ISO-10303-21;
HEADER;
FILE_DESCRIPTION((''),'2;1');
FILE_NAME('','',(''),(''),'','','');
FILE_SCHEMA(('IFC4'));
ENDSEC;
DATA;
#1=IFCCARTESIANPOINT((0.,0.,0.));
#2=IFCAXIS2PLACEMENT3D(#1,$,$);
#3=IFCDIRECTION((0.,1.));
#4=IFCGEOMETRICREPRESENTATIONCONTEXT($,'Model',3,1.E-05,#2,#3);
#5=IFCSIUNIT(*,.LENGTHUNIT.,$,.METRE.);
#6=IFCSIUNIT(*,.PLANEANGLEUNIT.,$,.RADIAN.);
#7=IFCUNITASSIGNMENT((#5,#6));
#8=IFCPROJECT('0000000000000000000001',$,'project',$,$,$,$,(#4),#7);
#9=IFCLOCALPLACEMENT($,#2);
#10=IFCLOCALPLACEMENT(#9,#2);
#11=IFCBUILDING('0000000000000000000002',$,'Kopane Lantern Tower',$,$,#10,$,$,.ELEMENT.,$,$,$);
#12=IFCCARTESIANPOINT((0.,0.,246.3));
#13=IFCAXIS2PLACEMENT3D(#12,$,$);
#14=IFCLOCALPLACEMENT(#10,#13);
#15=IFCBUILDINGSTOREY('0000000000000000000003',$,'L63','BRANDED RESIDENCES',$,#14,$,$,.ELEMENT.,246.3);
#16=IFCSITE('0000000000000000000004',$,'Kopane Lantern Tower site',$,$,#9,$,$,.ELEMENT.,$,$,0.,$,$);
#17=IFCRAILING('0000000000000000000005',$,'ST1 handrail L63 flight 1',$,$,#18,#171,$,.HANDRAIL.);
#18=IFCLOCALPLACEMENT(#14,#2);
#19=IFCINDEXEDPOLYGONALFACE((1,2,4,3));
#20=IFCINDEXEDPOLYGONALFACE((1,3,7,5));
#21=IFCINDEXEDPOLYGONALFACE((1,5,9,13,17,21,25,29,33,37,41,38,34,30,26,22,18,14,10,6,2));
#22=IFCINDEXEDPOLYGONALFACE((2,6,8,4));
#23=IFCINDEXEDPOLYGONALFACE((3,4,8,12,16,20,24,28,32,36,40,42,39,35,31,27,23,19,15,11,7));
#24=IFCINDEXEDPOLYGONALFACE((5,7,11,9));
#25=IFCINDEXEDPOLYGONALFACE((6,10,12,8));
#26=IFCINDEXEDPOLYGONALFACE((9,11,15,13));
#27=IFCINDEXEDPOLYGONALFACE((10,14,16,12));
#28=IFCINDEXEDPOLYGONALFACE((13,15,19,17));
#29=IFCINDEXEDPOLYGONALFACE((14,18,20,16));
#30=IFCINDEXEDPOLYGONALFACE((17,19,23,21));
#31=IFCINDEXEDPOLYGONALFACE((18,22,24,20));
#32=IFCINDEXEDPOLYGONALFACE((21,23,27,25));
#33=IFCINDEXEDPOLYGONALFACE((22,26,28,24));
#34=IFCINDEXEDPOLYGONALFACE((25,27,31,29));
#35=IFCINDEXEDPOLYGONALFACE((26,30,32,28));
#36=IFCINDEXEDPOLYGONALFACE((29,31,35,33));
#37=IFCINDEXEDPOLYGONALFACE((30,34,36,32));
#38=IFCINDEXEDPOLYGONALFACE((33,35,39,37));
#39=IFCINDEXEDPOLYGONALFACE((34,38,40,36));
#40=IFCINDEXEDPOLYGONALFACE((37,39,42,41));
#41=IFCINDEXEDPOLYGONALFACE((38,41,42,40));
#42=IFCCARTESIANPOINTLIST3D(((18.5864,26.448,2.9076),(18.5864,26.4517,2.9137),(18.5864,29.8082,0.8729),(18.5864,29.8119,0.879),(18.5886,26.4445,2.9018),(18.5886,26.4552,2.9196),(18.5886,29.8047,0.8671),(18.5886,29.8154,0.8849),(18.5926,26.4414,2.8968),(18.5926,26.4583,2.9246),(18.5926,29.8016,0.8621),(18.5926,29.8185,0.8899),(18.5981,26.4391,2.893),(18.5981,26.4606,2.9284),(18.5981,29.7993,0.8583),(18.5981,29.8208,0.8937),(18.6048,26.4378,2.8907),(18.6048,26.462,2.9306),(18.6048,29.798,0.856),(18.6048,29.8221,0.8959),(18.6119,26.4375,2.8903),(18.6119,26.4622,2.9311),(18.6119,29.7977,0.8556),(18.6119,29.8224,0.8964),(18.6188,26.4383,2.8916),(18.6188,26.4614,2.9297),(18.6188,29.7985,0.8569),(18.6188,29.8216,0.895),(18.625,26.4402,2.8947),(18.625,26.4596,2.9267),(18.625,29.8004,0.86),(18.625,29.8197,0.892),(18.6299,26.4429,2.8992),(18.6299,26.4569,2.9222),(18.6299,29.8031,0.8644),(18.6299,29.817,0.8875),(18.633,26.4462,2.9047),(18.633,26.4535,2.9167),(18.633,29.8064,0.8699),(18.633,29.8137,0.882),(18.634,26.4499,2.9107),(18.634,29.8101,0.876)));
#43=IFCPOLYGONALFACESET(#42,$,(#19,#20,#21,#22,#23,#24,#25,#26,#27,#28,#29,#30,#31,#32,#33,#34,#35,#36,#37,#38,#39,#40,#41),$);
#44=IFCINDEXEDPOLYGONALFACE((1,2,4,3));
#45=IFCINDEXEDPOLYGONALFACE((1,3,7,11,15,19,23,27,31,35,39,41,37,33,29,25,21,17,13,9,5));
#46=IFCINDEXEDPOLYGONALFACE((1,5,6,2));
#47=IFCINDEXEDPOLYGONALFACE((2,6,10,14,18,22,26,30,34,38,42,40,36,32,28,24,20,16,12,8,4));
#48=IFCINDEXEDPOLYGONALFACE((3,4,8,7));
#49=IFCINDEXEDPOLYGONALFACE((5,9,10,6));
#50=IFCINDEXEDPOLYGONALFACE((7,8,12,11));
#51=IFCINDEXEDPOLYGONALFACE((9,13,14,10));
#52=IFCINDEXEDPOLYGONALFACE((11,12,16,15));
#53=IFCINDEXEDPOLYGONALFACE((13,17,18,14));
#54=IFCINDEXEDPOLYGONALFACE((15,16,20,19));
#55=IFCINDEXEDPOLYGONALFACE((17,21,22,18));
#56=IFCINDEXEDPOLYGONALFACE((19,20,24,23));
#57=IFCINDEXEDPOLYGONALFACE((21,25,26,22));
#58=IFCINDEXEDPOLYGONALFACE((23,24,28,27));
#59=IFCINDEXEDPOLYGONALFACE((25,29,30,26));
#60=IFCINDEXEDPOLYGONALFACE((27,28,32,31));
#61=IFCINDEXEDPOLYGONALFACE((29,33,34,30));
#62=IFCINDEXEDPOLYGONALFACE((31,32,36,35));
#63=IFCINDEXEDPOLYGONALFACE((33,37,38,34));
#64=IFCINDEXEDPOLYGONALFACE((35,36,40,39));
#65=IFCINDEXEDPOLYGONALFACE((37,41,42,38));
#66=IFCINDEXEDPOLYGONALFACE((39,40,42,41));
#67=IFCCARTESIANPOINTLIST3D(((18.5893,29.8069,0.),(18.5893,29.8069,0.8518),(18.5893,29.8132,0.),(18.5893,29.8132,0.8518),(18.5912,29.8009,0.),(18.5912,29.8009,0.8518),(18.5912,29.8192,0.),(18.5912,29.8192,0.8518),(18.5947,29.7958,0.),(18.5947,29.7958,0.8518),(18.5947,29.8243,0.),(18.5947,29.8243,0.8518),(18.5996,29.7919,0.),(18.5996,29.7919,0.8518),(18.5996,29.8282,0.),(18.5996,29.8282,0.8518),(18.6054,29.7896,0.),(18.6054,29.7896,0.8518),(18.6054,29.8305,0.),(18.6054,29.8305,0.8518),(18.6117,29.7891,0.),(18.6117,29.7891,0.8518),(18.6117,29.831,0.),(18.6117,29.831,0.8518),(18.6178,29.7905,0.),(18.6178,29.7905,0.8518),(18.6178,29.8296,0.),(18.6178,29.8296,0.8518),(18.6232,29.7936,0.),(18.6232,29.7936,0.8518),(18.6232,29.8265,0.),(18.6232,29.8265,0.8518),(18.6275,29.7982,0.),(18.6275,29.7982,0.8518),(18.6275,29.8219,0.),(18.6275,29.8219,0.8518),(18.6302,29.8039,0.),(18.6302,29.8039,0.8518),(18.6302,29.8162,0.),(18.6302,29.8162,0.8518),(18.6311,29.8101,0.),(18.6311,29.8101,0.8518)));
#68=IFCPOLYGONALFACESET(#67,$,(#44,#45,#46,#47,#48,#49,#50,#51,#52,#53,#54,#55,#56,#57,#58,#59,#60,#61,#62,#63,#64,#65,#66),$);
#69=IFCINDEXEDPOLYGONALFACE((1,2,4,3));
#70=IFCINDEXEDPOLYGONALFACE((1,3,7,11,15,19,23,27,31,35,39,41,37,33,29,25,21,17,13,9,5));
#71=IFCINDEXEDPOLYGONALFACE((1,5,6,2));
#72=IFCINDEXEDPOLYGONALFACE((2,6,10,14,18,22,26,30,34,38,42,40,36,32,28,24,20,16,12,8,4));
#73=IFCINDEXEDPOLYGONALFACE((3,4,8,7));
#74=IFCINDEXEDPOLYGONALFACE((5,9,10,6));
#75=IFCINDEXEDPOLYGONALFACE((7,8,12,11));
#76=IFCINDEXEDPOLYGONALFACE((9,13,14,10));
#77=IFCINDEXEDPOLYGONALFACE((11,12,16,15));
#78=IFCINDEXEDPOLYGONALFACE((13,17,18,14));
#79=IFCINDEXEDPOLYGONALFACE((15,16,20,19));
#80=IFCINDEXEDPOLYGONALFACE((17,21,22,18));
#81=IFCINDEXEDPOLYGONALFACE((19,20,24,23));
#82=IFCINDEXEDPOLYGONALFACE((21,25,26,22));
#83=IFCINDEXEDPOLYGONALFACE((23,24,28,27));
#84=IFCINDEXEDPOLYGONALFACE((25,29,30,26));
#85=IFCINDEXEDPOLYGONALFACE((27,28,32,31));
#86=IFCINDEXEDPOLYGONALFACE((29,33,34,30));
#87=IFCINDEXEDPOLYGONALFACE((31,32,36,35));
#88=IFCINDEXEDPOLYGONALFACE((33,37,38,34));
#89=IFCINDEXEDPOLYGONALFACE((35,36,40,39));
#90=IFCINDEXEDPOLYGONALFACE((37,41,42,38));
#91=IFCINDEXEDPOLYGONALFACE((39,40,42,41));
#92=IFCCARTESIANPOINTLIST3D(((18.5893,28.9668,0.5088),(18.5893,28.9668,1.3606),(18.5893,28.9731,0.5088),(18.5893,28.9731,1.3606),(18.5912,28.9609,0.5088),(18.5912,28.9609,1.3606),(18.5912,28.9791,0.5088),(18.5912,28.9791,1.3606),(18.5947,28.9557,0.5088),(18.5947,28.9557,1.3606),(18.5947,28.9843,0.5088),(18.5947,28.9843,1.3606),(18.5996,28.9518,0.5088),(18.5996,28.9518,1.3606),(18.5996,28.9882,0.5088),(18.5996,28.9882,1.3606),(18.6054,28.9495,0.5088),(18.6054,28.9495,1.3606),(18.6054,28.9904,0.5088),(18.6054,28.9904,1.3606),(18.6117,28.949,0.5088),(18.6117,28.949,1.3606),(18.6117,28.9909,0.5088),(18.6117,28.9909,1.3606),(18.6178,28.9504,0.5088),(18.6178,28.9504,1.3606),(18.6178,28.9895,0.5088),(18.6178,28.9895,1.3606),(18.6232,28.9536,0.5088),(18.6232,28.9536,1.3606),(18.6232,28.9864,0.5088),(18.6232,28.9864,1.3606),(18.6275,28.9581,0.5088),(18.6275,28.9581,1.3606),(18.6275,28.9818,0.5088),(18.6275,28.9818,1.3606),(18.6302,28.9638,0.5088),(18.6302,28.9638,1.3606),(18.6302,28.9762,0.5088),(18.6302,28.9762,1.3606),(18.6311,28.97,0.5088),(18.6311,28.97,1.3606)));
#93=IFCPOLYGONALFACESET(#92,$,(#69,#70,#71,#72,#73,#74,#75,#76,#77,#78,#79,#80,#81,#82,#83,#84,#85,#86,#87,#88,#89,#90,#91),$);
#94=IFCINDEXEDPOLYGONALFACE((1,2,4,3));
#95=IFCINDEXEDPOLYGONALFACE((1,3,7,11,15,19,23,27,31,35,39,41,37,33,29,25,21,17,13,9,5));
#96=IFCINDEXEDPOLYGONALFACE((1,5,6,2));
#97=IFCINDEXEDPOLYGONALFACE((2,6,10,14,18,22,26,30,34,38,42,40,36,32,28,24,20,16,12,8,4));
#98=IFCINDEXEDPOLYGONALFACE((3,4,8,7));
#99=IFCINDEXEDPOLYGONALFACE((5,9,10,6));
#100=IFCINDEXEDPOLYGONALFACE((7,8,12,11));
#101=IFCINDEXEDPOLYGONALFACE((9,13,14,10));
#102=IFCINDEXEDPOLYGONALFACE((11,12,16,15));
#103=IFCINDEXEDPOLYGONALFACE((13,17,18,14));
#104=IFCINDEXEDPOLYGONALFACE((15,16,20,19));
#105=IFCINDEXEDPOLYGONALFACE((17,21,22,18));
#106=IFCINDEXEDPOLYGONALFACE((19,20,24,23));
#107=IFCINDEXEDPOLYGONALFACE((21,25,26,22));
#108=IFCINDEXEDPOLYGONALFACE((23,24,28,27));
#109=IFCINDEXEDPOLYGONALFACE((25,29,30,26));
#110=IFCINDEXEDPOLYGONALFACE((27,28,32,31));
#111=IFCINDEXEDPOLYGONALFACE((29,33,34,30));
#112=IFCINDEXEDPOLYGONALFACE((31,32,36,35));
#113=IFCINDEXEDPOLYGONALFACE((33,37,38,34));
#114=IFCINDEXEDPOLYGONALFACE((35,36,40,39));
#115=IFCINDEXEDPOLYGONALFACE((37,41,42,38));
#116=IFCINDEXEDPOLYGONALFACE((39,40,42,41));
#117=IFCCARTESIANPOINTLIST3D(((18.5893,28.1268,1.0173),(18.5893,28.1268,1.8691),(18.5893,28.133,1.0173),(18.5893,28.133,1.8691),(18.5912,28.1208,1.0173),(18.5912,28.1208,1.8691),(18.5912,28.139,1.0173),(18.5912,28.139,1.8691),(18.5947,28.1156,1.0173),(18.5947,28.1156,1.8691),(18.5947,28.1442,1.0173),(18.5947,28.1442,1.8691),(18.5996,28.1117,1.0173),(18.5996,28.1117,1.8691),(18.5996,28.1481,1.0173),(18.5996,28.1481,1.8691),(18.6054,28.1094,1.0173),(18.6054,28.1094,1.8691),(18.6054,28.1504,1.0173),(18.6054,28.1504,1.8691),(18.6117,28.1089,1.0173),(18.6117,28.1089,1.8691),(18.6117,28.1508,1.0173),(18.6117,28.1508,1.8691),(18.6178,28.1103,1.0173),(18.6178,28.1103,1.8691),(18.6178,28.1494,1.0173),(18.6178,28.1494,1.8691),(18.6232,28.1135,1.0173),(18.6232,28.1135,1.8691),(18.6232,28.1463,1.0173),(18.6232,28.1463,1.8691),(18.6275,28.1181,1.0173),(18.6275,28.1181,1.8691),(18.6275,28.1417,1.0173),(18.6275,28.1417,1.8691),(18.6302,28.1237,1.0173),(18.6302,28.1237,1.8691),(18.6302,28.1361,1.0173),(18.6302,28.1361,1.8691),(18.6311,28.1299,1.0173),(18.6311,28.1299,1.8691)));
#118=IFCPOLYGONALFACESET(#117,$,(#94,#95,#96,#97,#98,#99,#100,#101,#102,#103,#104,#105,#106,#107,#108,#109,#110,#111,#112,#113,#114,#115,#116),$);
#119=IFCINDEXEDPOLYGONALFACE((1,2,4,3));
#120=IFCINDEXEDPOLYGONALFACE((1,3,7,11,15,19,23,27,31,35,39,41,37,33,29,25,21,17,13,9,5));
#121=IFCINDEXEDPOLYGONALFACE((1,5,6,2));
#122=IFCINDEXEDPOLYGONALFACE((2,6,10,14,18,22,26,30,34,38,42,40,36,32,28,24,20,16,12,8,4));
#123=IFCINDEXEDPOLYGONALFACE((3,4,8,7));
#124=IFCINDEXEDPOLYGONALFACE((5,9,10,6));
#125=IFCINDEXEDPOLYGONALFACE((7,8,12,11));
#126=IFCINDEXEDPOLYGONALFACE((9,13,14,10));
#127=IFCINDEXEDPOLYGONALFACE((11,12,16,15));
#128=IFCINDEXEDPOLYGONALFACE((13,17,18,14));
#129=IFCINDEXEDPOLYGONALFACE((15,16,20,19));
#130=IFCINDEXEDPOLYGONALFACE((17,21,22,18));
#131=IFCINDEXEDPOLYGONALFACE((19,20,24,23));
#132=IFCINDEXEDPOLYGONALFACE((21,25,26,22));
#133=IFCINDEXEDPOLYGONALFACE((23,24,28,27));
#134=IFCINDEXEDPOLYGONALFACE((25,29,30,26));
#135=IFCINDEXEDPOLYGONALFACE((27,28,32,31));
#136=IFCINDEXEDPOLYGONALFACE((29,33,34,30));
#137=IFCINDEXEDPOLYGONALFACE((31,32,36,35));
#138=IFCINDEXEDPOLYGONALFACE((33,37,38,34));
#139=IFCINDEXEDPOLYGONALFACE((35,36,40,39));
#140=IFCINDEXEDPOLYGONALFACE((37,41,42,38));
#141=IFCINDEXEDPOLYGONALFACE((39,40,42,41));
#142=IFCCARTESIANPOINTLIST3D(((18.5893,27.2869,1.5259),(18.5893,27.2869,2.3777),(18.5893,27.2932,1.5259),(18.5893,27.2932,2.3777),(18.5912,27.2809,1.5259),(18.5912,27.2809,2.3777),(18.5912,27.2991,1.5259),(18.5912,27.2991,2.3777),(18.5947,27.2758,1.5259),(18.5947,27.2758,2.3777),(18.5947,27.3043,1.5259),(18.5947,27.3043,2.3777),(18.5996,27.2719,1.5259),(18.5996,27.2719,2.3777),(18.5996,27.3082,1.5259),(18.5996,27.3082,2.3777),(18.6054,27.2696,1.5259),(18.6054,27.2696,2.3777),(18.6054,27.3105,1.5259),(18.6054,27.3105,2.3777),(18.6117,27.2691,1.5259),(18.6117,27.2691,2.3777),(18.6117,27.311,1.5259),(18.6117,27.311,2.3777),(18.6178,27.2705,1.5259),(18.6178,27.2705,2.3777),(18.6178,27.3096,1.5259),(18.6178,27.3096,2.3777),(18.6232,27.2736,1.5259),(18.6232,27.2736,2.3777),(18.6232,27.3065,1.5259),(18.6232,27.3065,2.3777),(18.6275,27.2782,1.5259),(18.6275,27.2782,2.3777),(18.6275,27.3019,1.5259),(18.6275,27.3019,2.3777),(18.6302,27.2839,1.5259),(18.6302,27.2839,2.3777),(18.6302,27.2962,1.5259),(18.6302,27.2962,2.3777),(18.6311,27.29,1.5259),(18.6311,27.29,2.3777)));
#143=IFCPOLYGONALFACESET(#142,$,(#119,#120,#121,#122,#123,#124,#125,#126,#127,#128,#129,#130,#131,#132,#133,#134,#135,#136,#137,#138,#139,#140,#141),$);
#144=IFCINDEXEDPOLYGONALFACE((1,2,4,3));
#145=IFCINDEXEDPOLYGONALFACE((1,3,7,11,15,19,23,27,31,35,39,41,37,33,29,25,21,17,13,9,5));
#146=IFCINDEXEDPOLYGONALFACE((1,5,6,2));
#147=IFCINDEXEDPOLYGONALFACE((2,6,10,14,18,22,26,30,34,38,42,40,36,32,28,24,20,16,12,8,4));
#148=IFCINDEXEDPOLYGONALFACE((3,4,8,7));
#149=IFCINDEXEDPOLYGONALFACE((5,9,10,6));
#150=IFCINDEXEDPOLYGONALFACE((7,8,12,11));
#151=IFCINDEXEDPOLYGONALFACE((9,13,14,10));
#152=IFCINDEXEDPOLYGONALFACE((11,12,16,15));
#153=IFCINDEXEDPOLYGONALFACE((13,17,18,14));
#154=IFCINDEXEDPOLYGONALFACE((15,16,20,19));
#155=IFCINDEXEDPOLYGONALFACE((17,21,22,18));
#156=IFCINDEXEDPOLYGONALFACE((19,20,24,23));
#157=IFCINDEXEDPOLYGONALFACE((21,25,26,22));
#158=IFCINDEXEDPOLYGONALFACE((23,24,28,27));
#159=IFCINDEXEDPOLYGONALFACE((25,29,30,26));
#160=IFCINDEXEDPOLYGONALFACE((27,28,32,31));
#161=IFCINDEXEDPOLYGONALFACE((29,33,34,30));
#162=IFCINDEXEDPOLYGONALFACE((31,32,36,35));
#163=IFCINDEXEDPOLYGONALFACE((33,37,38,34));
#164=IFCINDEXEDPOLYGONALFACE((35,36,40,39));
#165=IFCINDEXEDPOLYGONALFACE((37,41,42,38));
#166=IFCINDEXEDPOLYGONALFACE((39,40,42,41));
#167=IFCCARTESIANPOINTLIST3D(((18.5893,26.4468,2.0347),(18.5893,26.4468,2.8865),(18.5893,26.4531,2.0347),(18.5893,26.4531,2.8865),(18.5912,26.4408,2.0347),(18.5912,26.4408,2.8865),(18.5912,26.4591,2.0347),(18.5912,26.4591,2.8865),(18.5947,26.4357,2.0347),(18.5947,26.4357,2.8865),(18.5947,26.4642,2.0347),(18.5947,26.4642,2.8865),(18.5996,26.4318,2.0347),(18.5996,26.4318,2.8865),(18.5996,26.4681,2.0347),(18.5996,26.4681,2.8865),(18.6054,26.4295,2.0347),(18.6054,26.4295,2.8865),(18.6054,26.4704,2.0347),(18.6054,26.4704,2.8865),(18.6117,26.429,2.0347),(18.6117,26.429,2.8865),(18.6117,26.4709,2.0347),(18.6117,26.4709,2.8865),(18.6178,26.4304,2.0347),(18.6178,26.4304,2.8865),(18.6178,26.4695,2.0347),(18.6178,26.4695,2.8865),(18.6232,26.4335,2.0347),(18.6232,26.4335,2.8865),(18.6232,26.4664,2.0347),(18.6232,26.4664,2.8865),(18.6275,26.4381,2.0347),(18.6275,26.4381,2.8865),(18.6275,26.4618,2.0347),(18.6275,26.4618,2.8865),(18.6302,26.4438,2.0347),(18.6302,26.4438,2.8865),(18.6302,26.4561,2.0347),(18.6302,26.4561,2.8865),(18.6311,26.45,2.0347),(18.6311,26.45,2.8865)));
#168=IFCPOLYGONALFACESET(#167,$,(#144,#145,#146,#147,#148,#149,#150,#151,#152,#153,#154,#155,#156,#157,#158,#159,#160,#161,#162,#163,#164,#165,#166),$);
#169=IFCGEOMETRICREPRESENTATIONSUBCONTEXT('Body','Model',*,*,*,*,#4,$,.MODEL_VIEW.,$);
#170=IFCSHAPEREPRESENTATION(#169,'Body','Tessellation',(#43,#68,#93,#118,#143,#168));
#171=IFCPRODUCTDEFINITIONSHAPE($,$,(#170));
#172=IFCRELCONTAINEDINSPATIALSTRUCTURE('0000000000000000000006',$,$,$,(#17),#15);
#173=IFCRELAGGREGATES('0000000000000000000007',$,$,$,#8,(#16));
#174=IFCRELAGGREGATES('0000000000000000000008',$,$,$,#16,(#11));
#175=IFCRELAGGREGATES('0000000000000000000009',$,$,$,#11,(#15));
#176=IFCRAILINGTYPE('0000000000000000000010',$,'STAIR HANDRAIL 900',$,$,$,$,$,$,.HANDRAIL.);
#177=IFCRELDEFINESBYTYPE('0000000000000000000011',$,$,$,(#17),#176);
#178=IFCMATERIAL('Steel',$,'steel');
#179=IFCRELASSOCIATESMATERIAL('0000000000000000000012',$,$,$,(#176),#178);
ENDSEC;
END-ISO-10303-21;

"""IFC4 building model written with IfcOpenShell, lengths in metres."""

from ifc_helpers import new_model, si_unit, direction, frame, origin, origin_2d, place, context, subcontext, project, spatial, circle, extrude, material, type_object, element, save


model = new_model("IFC4")

# Units and contexts
model_context = context("Model", 3, precision=1e-05, world=origin(), true_north=direction((0.0, 1.0)))
body_context = subcontext(model_context, "Body", "Model", "MODEL_VIEW")
ifc_project = project(units=[si_unit("LENGTHUNIT", "METRE"), si_unit("PLANEANGLEUNIT", "RADIAN")], contexts=[model_context])

# Site, building, storey
site_placement = place(None, origin())
site = spatial("IfcSite", under=ifc_project, at=site_placement, Name="Kopane Lantern Tower site", CompositionType="ELEMENT", RefElevation=0.0)
building_placement = place(site_placement, origin())
building = spatial("IfcBuilding", under=site, at=building_placement, Name="Kopane Lantern Tower", CompositionType="ELEMENT")
storey_placement = place(building_placement, frame((0.0, 0.0, 246.3)))
storey = spatial("IfcBuildingStorey", under=building, at=storey_placement, Name="L63", Description="BRANDED RESIDENCES", CompositionType="ELEMENT", Elevation=246.3)

# Railing
ifc_material_1 = material(Name="Steel", Category="steel")
railing_type_1 = type_object("IfcRailingType", Name="STAIR HANDRAIL 900", PredefinedType="HANDRAIL", material=ifc_material_1)
for number, where, name in (
    (1, (18.6101, 29.8101, 0.0), "ST1 handrail L63 flight 1"),
):
    element("IfcRailing", number, at=place(storey_placement, frame(where)), inside=storey, type_object=railing_type_1, Name=name, PredefinedType="HANDRAIL", context=body_context, shape_type="SweptSolid", body=[
        extrude(circle(Radius=0.0239, at=origin_2d()), frame((0.0, 0.0, 0.876), z_axis=(0.0, -0.855396, 0.517974), x_axis=(1.0, 0.0, 0.0)), (0.0, 0.0, 1.0), 3.9282),
        extrude(circle(Radius=0.021, at=origin_2d()), origin(), (0.0, 0.0, 1.0), 0.8518),
        extrude(circle(Radius=0.021, at=origin_2d()), frame((0.0, -0.8401, 0.5088)), (0.0, 0.0, 1.0), 0.8518),
        extrude(circle(Radius=0.021, at=origin_2d()), frame((0.0, -1.6802, 1.0173)), (0.0, 0.0, 1.0), 0.8518),
        extrude(circle(Radius=0.021, at=origin_2d()), frame((0.0, -2.52, 1.5259)), (0.0, 0.0, 1.0), 0.8518),
        extrude(circle(Radius=0.021, at=origin_2d()), frame((0.0, -3.3601, 2.0347)), (0.0, 0.0, 1.0), 0.8518),
    ])

save(model, "model.ifc")
